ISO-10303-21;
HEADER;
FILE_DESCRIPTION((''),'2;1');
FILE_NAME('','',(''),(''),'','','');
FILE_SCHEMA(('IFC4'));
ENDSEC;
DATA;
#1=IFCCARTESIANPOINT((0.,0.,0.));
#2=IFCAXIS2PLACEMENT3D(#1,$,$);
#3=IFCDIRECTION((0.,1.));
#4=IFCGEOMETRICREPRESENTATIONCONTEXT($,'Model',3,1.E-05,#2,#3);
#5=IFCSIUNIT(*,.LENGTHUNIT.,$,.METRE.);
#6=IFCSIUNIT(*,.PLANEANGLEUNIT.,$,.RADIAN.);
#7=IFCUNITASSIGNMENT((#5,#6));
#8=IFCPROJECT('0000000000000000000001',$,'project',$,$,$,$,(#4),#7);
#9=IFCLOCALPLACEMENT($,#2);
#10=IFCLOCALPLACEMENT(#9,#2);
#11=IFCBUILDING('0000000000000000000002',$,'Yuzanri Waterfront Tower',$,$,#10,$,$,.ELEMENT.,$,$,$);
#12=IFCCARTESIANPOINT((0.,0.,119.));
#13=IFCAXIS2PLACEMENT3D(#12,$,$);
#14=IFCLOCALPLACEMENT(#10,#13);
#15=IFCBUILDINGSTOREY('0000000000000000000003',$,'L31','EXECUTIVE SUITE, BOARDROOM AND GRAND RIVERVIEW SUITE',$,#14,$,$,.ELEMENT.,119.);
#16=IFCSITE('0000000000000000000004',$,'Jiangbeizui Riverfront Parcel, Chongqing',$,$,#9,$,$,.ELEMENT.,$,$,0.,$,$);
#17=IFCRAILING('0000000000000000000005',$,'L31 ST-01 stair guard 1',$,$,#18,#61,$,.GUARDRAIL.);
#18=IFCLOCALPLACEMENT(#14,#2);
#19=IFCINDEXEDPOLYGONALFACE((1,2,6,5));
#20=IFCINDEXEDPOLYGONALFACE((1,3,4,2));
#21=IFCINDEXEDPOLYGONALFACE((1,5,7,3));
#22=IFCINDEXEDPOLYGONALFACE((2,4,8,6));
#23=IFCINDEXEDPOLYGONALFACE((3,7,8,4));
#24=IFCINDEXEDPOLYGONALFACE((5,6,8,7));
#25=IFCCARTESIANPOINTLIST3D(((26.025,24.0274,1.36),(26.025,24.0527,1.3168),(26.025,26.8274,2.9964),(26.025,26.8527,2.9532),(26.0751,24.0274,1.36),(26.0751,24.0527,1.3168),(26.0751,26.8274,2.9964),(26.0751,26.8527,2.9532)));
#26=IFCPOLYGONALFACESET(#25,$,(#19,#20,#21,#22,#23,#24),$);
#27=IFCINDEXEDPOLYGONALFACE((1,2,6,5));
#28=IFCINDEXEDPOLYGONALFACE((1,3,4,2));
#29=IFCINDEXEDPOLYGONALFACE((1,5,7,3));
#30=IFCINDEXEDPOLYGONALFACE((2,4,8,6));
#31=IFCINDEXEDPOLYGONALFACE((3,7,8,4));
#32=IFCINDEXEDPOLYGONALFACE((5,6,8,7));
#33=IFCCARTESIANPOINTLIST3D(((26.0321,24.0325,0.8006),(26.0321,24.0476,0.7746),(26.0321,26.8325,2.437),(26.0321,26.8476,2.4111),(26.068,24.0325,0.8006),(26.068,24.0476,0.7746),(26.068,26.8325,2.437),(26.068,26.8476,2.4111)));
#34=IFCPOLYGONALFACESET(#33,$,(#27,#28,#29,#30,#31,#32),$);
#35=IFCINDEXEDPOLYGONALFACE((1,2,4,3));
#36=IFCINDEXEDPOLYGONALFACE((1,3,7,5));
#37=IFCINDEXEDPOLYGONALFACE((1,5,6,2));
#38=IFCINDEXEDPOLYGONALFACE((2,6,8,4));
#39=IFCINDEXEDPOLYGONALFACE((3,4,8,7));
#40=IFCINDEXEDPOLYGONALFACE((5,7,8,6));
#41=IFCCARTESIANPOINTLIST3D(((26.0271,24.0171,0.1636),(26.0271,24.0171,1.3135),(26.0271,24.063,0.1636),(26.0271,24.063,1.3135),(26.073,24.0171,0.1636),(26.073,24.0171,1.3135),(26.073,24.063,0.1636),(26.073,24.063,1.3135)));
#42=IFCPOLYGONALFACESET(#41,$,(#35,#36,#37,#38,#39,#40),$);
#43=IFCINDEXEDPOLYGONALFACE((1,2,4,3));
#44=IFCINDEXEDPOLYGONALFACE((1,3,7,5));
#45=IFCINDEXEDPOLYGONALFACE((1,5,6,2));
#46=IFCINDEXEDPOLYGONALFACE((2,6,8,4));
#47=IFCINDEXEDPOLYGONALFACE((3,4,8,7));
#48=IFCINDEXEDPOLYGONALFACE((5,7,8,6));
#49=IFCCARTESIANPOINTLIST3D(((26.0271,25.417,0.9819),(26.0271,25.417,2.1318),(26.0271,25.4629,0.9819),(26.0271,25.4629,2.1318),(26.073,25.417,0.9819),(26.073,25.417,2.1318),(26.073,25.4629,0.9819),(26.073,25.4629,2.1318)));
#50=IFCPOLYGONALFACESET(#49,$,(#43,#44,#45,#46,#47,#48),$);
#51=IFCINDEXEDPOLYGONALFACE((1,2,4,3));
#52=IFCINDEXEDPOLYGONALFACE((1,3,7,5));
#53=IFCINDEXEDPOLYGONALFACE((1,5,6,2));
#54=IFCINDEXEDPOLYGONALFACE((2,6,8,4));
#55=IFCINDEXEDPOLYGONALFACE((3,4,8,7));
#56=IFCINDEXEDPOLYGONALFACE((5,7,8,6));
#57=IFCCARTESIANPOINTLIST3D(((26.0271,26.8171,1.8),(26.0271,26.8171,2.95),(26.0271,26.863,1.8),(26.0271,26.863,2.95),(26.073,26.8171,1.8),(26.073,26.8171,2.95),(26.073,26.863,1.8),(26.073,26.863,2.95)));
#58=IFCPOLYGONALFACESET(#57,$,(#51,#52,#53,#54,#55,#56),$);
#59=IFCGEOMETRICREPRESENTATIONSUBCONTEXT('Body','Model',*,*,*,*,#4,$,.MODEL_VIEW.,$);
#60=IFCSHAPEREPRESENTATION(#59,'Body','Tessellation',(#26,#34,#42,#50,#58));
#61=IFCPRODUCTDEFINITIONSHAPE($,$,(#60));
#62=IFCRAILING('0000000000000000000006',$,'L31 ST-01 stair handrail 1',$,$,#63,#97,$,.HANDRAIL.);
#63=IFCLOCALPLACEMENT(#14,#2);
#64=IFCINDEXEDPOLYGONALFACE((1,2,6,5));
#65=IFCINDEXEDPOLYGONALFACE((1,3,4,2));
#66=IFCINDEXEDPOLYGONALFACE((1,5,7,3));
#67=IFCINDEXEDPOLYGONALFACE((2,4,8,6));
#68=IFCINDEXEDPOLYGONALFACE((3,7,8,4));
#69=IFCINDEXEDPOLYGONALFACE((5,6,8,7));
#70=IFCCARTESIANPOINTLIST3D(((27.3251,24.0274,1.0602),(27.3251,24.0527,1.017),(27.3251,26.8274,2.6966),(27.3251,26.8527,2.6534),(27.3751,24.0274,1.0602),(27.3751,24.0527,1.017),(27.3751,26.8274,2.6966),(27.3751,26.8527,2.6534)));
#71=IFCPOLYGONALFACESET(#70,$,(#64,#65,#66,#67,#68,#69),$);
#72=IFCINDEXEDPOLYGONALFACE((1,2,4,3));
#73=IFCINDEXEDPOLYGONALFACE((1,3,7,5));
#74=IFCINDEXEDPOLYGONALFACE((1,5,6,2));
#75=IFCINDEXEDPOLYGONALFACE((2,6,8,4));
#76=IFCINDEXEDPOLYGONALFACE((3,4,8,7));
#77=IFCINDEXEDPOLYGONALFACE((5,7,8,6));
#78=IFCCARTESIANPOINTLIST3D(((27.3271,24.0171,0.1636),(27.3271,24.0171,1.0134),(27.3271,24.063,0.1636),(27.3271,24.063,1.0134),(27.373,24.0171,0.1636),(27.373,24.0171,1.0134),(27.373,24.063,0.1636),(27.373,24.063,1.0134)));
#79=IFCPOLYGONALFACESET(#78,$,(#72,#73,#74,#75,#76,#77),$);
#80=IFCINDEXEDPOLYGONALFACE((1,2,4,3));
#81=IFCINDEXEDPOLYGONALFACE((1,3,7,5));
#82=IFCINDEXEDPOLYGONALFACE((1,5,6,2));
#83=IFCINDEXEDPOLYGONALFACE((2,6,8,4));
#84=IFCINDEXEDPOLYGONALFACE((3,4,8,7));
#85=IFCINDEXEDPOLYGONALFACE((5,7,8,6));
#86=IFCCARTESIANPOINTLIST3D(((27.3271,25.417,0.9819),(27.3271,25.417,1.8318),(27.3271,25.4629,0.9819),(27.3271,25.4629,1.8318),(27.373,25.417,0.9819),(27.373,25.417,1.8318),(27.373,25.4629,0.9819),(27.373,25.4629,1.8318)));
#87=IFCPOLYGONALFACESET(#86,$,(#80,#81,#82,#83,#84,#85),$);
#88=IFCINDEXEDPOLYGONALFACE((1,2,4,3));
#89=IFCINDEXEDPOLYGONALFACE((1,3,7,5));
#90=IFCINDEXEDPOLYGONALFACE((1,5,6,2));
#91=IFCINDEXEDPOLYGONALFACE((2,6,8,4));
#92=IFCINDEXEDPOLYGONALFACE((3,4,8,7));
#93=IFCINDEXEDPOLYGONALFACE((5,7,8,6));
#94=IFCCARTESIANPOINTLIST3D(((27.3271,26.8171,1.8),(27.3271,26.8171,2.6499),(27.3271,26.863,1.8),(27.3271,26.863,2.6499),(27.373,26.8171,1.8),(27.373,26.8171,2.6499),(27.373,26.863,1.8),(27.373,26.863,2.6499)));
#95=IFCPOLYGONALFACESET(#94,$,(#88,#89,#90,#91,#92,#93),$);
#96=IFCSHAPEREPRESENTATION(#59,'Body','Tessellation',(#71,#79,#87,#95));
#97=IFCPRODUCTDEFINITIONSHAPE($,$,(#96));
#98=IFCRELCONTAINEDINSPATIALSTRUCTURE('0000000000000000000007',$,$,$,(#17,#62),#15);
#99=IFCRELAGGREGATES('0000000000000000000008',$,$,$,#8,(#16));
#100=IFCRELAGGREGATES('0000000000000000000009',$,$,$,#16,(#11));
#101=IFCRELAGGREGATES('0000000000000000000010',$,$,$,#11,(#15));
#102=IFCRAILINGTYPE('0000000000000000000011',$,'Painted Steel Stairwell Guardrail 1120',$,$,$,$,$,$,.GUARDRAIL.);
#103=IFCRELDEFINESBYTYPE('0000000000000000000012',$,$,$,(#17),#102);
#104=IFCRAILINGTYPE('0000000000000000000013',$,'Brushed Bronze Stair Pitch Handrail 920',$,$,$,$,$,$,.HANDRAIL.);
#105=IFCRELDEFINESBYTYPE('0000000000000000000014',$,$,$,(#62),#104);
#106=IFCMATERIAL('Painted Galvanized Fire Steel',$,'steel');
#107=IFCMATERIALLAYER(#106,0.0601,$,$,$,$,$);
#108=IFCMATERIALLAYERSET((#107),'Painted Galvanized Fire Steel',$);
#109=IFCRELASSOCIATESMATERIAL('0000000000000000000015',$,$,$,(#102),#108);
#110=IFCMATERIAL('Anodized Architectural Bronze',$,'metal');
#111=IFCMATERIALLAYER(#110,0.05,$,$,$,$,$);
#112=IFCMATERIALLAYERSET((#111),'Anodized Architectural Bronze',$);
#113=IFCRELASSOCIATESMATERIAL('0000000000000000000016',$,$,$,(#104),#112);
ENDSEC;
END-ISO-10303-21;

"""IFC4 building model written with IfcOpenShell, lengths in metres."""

from ifc_helpers import new_model, si_unit, direction, frame, origin, origin_2d, place, context, subcontext, project, spatial, rectangle, extrude, source, transform, mapped, material, layer, layer_set, type_object, element, save


model = new_model("IFC4")

# Units and contexts
model_context = context("Model", 3, precision=1e-05, world=origin(), true_north=direction((0.0, 1.0)))
body_context = subcontext(model_context, "Body", "Model", "MODEL_VIEW")
ifc_project = project(units=[si_unit("LENGTHUNIT", "METRE"), si_unit("PLANEANGLEUNIT", "RADIAN")], contexts=[model_context])

# Site, building, storey
site_placement = place(None, origin())
site = spatial("IfcSite", under=ifc_project, at=site_placement, Name="Jiangbeizui Riverfront Parcel, Chongqing", CompositionType="ELEMENT", RefElevation=0.0)
building_placement = place(site_placement, origin())
building = spatial("IfcBuilding", under=site, at=building_placement, Name="Yuzanri Waterfront Tower", CompositionType="ELEMENT")
storey_placement = place(building_placement, frame((0.0, 0.0, 119.0)))
storey = spatial("IfcBuildingStorey", under=building, at=storey_placement, Name="L31", Description="EXECUTIVE SUITE, BOARDROOM AND GRAND RIVERVIEW SUITE", CompositionType="ELEMENT", Elevation=119.0)

# Railings
ifc_material_1 = material(Name="Painted Galvanized Fire Steel", Category="steel")
ifc_layer_1 = layer(ifc_material_1, 0.0601)
ifc_layer_set_1 = layer_set([ifc_layer_1], Name="Painted Galvanized Fire Steel")
railing_type_1 = type_object("IfcRailingType", Name="Painted Steel Stairwell Guardrail 1120", PredefinedType="GUARDRAIL", material=ifc_layer_set_1)
shared_shape_1 = source(origin(), body_context, "Body", "SweptSolid", [
    extrude(rectangle(XDim=0.05, YDim=0.05, at=origin_2d()), frame((0.0, 0.0, 1.1748), z_axis=(0.0, 0.863361, 0.504587), x_axis=(-1.0, 0.0, 0.0)), (0.0, 0.0, 1.0), 3.2432),
    extrude(rectangle(XDim=0.0359, YDim=0.03, at=origin_2d()), frame((0.0, 0.0, 0.624), z_axis=(0.0, 0.863361, 0.504587), x_axis=(-1.0, 0.0, 0.0)), (0.0, 0.0, 1.0), 3.2432),
    extrude(rectangle(XDim=0.0459, YDim=0.0459, at=origin_2d()), origin(), (0.0, 0.0, 1.0), 1.1499),
    extrude(rectangle(XDim=0.0459, YDim=0.0459, at=origin_2d()), frame((0.0, 1.3999, 0.8184)), (0.0, 0.0, 1.0), 1.1499),
    extrude(rectangle(XDim=0.0459, YDim=0.0459, at=origin_2d()), frame((0.0, 2.8, 1.6365)), (0.0, 0.0, 1.0), 1.1499),
])
railing_1_placement = place(storey_placement, frame((26.05, 24.04, 0.1636)))
element("IfcRailing", 1, at=railing_1_placement, inside=storey, type_object=railing_type_1, Name="L31 ST-01 stair guard 1", PredefinedType="GUARDRAIL", context=body_context, shape_type="MappedRepresentation", body=[
    mapped(shared_shape_1, transform((0.0, 0.0, 0.0), scale=1.0)),
])
ifc_material_2 = material(Name="Anodized Architectural Bronze", Category="metal")
ifc_layer_2 = layer(ifc_material_2, 0.05)
ifc_layer_set_2 = layer_set([ifc_layer_2], Name="Anodized Architectural Bronze")
railing_type_2 = type_object("IfcRailingType", Name="Brushed Bronze Stair Pitch Handrail 920", PredefinedType="HANDRAIL", material=ifc_layer_set_2)
shared_shape_2 = source(origin(), body_context, "Body", "SweptSolid", [
    extrude(rectangle(XDim=0.05, YDim=0.05, at=origin_2d()), frame((0.0, 0.0, 0.875), z_axis=(0.0, 0.863361, 0.504587), x_axis=(-1.0, 0.0, 0.0)), (0.0, 0.0, 1.0), 3.2432),
    extrude(rectangle(XDim=0.0459, YDim=0.0459, at=origin_2d()), origin(), (0.0, 0.0, 1.0), 0.8499),
    extrude(rectangle(XDim=0.0459, YDim=0.0459, at=origin_2d()), frame((0.0, 1.3999, 0.8184)), (0.0, 0.0, 1.0), 0.8499),
    extrude(rectangle(XDim=0.0459, YDim=0.0459, at=origin_2d()), frame((0.0, 2.8, 1.6365)), (0.0, 0.0, 1.0), 0.8499),
])
railing_2_placement = place(storey_placement, frame((27.3501, 24.04, 0.1636)))
element("IfcRailing", 2, at=railing_2_placement, inside=storey, type_object=railing_type_2, Name="L31 ST-01 stair handrail 1", PredefinedType="HANDRAIL", context=body_context, shape_type="MappedRepresentation", body=[
    mapped(shared_shape_2, transform((0.0, 0.0, 0.0), scale=1.0)),
])

save(model, "model.ifc")
